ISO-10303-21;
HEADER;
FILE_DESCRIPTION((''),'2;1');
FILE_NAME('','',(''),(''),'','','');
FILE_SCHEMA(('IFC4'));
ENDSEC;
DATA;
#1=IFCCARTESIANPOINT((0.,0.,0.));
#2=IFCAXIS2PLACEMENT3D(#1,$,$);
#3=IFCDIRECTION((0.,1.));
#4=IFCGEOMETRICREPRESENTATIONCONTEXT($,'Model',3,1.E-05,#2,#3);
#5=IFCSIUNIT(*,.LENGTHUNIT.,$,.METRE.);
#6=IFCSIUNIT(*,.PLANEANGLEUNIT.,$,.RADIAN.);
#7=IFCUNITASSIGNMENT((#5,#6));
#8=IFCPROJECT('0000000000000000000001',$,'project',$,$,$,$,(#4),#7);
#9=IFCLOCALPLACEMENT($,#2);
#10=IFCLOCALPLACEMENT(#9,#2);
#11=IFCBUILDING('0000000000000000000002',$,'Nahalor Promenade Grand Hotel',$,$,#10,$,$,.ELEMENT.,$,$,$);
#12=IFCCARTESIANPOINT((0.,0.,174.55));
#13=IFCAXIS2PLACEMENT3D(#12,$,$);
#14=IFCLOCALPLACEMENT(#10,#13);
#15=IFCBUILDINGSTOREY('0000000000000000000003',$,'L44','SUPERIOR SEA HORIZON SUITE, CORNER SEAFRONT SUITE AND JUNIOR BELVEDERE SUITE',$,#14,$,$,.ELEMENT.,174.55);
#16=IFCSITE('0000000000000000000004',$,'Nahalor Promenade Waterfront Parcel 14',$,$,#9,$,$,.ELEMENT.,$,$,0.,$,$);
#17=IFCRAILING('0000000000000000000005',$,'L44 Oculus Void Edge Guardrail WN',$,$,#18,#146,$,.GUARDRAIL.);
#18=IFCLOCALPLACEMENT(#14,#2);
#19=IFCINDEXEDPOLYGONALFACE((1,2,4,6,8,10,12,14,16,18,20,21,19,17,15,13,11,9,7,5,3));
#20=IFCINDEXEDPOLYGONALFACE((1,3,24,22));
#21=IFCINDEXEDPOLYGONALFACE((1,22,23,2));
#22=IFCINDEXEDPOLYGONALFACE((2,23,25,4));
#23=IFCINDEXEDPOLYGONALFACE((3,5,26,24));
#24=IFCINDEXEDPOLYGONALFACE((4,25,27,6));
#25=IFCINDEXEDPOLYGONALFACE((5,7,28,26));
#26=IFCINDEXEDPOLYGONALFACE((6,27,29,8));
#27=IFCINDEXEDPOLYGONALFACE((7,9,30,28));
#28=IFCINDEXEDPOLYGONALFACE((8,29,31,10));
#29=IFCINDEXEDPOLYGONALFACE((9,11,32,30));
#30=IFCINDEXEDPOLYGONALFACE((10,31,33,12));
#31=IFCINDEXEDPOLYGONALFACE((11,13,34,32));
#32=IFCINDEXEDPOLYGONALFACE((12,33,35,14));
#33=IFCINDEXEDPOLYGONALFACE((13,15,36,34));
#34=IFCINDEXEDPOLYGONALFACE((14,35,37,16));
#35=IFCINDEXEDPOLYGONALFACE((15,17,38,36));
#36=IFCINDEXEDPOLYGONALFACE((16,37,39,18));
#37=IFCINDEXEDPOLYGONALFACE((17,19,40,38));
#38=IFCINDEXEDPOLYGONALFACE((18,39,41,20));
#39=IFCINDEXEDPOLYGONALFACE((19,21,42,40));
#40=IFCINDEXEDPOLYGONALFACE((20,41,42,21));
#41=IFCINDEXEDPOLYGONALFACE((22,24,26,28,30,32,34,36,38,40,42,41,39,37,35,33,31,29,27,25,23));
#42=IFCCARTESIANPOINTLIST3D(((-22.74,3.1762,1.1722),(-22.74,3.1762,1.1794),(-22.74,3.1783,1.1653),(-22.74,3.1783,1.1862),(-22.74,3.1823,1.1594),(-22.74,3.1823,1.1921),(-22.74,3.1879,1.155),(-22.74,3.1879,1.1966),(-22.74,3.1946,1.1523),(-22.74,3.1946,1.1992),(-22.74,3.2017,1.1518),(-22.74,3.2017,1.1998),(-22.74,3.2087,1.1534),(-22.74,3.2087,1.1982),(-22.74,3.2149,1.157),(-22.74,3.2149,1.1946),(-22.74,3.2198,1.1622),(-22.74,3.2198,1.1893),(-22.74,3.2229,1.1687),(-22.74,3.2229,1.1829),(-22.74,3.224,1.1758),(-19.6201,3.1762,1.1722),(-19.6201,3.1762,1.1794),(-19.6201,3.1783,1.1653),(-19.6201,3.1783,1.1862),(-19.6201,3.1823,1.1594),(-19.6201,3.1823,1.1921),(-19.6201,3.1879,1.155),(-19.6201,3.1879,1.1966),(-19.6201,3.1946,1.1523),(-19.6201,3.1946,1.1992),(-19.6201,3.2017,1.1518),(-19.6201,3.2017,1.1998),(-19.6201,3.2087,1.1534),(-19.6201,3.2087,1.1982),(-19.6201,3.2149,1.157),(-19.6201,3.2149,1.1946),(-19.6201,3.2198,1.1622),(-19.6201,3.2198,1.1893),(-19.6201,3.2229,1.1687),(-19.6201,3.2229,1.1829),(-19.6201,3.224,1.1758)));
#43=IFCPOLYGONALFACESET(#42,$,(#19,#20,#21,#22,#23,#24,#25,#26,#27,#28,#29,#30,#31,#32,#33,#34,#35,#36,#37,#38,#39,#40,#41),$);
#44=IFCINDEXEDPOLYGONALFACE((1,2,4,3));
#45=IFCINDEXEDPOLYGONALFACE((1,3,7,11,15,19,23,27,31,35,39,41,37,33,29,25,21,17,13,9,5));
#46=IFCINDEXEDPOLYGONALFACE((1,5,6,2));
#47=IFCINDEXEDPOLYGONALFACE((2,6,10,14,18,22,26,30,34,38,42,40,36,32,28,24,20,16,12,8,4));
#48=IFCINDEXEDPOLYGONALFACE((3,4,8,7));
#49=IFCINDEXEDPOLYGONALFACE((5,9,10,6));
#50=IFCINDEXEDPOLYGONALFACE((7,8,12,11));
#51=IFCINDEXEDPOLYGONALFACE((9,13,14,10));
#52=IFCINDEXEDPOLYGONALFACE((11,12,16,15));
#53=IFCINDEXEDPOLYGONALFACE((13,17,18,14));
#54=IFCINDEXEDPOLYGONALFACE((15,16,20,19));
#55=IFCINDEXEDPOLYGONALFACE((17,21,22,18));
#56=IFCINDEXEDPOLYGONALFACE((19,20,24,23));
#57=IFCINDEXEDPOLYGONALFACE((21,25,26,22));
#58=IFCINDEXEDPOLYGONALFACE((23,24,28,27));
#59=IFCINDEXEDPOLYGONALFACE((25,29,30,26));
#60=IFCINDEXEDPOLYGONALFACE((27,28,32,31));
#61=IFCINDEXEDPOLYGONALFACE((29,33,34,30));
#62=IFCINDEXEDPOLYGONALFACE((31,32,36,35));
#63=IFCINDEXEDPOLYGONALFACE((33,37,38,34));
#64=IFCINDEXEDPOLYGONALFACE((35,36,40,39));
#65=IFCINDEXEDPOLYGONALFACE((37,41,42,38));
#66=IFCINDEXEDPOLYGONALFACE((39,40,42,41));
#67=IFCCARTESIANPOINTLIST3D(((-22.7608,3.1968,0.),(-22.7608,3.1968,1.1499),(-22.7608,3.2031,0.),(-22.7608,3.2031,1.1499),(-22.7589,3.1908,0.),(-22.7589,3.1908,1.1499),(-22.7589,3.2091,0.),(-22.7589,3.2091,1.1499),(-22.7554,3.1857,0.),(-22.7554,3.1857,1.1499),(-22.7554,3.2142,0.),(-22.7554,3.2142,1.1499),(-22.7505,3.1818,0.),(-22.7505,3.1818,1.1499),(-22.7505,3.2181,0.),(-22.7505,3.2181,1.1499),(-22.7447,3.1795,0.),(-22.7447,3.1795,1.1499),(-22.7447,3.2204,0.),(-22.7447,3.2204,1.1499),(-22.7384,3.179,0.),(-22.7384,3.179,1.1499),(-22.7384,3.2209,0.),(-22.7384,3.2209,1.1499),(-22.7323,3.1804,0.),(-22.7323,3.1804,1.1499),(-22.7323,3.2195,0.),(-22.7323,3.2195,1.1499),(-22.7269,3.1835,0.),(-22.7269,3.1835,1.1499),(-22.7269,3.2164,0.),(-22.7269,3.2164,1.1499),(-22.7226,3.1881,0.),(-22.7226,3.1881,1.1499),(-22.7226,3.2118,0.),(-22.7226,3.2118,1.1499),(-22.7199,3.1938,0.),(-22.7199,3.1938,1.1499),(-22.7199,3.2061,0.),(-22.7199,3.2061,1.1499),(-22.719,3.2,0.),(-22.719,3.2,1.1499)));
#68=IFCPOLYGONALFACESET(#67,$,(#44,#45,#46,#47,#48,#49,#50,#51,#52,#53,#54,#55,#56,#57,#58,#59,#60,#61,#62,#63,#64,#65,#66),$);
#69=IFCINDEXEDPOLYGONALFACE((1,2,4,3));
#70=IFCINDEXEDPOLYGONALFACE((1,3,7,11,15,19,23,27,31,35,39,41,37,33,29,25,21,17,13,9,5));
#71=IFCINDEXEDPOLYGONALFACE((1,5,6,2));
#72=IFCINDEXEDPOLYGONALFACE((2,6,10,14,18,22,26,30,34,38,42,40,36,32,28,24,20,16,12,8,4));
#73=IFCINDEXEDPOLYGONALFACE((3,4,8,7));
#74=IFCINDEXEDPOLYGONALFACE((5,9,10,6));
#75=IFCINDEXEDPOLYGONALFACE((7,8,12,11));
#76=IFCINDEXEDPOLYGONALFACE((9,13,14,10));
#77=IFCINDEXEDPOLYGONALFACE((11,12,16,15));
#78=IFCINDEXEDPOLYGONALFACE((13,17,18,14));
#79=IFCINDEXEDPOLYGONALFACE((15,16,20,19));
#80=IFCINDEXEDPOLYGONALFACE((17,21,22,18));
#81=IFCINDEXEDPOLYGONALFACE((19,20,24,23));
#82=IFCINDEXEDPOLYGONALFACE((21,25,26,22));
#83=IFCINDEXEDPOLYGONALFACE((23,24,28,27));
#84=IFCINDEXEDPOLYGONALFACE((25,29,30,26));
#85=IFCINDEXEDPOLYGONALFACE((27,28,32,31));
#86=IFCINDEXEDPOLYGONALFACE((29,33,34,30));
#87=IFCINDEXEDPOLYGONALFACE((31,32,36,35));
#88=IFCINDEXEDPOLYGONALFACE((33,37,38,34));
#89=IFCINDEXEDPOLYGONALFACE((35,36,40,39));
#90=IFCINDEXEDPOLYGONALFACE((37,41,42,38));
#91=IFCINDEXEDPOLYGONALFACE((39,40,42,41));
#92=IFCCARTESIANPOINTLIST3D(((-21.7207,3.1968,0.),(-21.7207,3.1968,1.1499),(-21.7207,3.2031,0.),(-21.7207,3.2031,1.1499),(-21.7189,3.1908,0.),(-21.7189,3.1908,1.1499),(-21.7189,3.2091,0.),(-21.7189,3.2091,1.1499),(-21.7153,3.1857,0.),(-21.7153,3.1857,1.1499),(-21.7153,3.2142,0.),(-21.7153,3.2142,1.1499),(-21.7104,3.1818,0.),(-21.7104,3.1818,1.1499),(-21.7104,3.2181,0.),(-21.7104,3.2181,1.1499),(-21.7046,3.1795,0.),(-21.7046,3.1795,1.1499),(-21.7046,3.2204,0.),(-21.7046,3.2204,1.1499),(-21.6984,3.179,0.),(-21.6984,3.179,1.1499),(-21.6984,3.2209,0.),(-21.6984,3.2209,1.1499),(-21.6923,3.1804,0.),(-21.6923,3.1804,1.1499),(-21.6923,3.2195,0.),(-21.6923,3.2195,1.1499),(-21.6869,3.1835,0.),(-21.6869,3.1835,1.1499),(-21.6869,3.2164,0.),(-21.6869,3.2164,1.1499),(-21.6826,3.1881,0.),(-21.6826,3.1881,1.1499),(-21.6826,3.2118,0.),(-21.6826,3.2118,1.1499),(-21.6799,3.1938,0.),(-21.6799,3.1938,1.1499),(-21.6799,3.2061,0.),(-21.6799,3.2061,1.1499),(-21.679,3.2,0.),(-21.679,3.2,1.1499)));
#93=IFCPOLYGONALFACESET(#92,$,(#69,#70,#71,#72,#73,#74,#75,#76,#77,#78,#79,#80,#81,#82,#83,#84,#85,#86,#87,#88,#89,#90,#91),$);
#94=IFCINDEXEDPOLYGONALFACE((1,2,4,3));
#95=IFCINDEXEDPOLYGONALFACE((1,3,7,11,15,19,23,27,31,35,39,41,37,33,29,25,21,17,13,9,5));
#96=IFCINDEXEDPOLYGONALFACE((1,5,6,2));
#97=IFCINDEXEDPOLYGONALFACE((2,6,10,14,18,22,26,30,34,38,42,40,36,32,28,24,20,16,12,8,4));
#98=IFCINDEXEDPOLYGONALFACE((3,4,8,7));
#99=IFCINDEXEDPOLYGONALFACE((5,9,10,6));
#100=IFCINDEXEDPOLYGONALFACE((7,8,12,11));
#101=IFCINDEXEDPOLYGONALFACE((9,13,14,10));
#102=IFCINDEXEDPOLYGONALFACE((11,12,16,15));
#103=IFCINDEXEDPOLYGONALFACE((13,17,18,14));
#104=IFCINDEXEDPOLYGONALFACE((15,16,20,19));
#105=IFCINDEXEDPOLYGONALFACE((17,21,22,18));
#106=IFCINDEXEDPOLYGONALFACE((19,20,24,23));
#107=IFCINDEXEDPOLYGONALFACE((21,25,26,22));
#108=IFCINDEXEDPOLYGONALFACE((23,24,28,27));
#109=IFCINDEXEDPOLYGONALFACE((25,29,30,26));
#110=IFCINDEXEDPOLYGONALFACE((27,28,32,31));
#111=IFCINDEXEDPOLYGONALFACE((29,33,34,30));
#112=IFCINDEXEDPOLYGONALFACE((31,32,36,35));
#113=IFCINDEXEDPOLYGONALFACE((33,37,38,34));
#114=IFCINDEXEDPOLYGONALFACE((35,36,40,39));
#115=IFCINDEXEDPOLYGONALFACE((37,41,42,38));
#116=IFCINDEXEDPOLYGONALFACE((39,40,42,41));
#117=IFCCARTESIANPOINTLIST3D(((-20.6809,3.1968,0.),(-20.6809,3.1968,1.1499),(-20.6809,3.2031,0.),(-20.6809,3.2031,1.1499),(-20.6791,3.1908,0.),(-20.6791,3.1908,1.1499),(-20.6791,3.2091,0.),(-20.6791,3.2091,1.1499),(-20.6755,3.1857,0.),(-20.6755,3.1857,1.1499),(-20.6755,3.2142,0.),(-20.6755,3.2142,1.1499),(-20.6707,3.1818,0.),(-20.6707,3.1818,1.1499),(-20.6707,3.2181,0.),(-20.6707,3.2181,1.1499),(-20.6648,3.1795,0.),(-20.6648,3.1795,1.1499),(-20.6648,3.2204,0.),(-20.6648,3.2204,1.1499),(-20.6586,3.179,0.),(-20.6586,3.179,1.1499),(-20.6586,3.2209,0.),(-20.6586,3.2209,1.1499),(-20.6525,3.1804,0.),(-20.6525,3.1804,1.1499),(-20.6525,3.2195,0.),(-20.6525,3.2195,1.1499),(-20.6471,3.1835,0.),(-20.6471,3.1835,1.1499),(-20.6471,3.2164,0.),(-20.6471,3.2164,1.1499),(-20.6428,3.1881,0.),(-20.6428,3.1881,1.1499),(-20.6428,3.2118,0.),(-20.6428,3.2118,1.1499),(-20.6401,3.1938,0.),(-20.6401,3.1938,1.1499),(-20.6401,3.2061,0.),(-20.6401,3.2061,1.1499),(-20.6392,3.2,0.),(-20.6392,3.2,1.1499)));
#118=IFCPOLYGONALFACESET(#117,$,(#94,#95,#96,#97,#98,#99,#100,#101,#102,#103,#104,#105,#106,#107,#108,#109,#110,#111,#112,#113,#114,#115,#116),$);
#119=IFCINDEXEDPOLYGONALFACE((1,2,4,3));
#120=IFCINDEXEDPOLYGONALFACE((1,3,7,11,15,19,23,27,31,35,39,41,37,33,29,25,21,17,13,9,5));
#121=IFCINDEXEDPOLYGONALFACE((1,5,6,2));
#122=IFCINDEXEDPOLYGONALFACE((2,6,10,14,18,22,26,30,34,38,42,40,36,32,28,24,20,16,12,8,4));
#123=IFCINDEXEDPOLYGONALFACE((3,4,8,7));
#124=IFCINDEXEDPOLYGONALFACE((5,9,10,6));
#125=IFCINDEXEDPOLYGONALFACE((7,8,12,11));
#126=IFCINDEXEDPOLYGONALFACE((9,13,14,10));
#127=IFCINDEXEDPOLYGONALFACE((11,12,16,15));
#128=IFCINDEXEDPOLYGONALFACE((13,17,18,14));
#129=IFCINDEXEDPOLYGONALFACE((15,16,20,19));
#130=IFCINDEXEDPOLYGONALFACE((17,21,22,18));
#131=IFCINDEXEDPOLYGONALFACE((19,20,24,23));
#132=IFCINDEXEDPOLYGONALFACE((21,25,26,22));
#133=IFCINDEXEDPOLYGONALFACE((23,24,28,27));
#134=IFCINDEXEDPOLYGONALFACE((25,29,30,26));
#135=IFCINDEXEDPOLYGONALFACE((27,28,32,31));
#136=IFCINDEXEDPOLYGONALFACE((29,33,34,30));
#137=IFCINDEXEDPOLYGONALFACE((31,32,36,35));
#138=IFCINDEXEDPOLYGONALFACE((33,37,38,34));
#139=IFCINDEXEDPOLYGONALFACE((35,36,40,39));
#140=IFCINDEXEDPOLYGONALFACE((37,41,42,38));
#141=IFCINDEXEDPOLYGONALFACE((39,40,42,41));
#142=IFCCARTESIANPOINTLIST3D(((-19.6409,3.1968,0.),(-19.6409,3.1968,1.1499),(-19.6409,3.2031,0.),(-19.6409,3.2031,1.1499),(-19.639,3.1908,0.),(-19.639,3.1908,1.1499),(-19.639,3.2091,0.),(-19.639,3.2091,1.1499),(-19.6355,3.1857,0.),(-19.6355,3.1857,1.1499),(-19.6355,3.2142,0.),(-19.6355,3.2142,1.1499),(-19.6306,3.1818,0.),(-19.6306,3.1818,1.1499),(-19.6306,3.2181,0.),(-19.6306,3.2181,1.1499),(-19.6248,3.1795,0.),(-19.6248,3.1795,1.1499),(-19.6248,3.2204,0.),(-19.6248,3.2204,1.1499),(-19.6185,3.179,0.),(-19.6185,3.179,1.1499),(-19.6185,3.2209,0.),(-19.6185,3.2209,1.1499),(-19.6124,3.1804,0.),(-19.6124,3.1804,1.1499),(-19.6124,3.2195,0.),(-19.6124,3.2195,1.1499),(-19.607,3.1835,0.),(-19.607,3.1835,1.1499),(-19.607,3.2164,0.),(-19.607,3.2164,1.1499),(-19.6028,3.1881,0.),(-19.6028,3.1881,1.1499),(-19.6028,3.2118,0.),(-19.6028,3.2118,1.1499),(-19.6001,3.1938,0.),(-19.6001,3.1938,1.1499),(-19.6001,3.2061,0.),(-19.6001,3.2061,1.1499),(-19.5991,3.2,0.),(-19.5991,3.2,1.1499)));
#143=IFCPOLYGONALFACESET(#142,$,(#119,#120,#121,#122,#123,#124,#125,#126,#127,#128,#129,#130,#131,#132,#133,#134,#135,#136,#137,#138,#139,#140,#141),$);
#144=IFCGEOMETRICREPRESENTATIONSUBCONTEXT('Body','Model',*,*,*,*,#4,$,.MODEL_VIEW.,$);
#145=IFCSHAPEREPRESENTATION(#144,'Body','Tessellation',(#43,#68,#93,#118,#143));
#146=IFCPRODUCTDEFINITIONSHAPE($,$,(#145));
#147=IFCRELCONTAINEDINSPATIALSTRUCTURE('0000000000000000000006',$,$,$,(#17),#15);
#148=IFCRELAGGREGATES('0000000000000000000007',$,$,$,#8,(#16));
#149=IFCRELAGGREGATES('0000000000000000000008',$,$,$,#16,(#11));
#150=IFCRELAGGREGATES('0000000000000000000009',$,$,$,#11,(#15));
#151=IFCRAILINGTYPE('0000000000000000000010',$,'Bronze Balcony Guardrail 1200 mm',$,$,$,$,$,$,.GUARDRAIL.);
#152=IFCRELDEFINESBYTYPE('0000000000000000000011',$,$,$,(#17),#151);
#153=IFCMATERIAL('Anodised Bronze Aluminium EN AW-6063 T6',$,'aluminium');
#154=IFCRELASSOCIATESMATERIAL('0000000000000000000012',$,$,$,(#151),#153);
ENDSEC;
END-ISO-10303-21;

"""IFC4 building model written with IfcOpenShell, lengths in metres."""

from ifc_helpers import new_model, si_unit, direction, frame, origin, origin_2d, place, context, subcontext, project, spatial, circle, extrude, material, type_object, element, save


model = new_model("IFC4")

# Units and contexts
model_context = context("Model", 3, precision=1e-05, world=origin(), true_north=direction((0.0, 1.0)))
body_context = subcontext(model_context, "Body", "Model", "MODEL_VIEW")
ifc_project = project(units=[si_unit("LENGTHUNIT", "METRE"), si_unit("PLANEANGLEUNIT", "RADIAN")], contexts=[model_context])

# Site, building, storey
site_placement = place(None, origin())
site = spatial("IfcSite", under=ifc_project, at=site_placement, Name="Nahalor Promenade Waterfront Parcel 14", CompositionType="ELEMENT", RefElevation=0.0)
building_placement = place(site_placement, origin())
building = spatial("IfcBuilding", under=site, at=building_placement, Name="Nahalor Promenade Grand Hotel", CompositionType="ELEMENT")
storey_placement = place(building_placement, frame((0.0, 0.0, 174.55)))
storey = spatial("IfcBuildingStorey", under=building, at=storey_placement, Name="L44", Description="SUPERIOR SEA HORIZON SUITE, CORNER SEAFRONT SUITE AND JUNIOR BELVEDERE SUITE", CompositionType="ELEMENT", Elevation=174.55)

# Shared definitions
ifc_material_1 = material(Name="Anodised Bronze Aluminium EN AW-6063 T6", Category="aluminium")

# Railing
railing_type = type_object("IfcRailingType", Name="Bronze Balcony Guardrail 1200 mm", PredefinedType="GUARDRAIL", material=ifc_material_1)
for number, where, name in (
    (1, (-22.74, 3.2, 0.0), "L44 Oculus Void Edge Guardrail WN"),
):
    element("IfcRailing", number, at=place(storey_placement, frame(where)), inside=storey, type_object=railing_type, Name=name, PredefinedType="GUARDRAIL", context=body_context, shape_type="SweptSolid", body=[
        extrude(circle(Radius=0.024, at=origin_2d()), frame((0.0, 0.0, 1.1758), z_axis=(1.0, 0.0, 0.0), x_axis=(0.0, 1.0, 0.0)), (0.0, 0.0, 1.0), 3.1199),
        extrude(circle(Radius=0.021, at=origin_2d()), origin(), (0.0, 0.0, 1.0), 1.1499),
        extrude(circle(Radius=0.021, at=origin_2d()), frame((1.04, 0.0, 0.0)), (0.0, 0.0, 1.0), 1.1499),
        extrude(circle(Radius=0.021, at=origin_2d()), frame((2.0798, 0.0, 0.0)), (0.0, 0.0, 1.0), 1.1499),
        extrude(circle(Radius=0.021, at=origin_2d()), frame((3.1199, 0.0, 0.0)), (0.0, 0.0, 1.0), 1.1499),
    ])

save(model, "model.ifc")
